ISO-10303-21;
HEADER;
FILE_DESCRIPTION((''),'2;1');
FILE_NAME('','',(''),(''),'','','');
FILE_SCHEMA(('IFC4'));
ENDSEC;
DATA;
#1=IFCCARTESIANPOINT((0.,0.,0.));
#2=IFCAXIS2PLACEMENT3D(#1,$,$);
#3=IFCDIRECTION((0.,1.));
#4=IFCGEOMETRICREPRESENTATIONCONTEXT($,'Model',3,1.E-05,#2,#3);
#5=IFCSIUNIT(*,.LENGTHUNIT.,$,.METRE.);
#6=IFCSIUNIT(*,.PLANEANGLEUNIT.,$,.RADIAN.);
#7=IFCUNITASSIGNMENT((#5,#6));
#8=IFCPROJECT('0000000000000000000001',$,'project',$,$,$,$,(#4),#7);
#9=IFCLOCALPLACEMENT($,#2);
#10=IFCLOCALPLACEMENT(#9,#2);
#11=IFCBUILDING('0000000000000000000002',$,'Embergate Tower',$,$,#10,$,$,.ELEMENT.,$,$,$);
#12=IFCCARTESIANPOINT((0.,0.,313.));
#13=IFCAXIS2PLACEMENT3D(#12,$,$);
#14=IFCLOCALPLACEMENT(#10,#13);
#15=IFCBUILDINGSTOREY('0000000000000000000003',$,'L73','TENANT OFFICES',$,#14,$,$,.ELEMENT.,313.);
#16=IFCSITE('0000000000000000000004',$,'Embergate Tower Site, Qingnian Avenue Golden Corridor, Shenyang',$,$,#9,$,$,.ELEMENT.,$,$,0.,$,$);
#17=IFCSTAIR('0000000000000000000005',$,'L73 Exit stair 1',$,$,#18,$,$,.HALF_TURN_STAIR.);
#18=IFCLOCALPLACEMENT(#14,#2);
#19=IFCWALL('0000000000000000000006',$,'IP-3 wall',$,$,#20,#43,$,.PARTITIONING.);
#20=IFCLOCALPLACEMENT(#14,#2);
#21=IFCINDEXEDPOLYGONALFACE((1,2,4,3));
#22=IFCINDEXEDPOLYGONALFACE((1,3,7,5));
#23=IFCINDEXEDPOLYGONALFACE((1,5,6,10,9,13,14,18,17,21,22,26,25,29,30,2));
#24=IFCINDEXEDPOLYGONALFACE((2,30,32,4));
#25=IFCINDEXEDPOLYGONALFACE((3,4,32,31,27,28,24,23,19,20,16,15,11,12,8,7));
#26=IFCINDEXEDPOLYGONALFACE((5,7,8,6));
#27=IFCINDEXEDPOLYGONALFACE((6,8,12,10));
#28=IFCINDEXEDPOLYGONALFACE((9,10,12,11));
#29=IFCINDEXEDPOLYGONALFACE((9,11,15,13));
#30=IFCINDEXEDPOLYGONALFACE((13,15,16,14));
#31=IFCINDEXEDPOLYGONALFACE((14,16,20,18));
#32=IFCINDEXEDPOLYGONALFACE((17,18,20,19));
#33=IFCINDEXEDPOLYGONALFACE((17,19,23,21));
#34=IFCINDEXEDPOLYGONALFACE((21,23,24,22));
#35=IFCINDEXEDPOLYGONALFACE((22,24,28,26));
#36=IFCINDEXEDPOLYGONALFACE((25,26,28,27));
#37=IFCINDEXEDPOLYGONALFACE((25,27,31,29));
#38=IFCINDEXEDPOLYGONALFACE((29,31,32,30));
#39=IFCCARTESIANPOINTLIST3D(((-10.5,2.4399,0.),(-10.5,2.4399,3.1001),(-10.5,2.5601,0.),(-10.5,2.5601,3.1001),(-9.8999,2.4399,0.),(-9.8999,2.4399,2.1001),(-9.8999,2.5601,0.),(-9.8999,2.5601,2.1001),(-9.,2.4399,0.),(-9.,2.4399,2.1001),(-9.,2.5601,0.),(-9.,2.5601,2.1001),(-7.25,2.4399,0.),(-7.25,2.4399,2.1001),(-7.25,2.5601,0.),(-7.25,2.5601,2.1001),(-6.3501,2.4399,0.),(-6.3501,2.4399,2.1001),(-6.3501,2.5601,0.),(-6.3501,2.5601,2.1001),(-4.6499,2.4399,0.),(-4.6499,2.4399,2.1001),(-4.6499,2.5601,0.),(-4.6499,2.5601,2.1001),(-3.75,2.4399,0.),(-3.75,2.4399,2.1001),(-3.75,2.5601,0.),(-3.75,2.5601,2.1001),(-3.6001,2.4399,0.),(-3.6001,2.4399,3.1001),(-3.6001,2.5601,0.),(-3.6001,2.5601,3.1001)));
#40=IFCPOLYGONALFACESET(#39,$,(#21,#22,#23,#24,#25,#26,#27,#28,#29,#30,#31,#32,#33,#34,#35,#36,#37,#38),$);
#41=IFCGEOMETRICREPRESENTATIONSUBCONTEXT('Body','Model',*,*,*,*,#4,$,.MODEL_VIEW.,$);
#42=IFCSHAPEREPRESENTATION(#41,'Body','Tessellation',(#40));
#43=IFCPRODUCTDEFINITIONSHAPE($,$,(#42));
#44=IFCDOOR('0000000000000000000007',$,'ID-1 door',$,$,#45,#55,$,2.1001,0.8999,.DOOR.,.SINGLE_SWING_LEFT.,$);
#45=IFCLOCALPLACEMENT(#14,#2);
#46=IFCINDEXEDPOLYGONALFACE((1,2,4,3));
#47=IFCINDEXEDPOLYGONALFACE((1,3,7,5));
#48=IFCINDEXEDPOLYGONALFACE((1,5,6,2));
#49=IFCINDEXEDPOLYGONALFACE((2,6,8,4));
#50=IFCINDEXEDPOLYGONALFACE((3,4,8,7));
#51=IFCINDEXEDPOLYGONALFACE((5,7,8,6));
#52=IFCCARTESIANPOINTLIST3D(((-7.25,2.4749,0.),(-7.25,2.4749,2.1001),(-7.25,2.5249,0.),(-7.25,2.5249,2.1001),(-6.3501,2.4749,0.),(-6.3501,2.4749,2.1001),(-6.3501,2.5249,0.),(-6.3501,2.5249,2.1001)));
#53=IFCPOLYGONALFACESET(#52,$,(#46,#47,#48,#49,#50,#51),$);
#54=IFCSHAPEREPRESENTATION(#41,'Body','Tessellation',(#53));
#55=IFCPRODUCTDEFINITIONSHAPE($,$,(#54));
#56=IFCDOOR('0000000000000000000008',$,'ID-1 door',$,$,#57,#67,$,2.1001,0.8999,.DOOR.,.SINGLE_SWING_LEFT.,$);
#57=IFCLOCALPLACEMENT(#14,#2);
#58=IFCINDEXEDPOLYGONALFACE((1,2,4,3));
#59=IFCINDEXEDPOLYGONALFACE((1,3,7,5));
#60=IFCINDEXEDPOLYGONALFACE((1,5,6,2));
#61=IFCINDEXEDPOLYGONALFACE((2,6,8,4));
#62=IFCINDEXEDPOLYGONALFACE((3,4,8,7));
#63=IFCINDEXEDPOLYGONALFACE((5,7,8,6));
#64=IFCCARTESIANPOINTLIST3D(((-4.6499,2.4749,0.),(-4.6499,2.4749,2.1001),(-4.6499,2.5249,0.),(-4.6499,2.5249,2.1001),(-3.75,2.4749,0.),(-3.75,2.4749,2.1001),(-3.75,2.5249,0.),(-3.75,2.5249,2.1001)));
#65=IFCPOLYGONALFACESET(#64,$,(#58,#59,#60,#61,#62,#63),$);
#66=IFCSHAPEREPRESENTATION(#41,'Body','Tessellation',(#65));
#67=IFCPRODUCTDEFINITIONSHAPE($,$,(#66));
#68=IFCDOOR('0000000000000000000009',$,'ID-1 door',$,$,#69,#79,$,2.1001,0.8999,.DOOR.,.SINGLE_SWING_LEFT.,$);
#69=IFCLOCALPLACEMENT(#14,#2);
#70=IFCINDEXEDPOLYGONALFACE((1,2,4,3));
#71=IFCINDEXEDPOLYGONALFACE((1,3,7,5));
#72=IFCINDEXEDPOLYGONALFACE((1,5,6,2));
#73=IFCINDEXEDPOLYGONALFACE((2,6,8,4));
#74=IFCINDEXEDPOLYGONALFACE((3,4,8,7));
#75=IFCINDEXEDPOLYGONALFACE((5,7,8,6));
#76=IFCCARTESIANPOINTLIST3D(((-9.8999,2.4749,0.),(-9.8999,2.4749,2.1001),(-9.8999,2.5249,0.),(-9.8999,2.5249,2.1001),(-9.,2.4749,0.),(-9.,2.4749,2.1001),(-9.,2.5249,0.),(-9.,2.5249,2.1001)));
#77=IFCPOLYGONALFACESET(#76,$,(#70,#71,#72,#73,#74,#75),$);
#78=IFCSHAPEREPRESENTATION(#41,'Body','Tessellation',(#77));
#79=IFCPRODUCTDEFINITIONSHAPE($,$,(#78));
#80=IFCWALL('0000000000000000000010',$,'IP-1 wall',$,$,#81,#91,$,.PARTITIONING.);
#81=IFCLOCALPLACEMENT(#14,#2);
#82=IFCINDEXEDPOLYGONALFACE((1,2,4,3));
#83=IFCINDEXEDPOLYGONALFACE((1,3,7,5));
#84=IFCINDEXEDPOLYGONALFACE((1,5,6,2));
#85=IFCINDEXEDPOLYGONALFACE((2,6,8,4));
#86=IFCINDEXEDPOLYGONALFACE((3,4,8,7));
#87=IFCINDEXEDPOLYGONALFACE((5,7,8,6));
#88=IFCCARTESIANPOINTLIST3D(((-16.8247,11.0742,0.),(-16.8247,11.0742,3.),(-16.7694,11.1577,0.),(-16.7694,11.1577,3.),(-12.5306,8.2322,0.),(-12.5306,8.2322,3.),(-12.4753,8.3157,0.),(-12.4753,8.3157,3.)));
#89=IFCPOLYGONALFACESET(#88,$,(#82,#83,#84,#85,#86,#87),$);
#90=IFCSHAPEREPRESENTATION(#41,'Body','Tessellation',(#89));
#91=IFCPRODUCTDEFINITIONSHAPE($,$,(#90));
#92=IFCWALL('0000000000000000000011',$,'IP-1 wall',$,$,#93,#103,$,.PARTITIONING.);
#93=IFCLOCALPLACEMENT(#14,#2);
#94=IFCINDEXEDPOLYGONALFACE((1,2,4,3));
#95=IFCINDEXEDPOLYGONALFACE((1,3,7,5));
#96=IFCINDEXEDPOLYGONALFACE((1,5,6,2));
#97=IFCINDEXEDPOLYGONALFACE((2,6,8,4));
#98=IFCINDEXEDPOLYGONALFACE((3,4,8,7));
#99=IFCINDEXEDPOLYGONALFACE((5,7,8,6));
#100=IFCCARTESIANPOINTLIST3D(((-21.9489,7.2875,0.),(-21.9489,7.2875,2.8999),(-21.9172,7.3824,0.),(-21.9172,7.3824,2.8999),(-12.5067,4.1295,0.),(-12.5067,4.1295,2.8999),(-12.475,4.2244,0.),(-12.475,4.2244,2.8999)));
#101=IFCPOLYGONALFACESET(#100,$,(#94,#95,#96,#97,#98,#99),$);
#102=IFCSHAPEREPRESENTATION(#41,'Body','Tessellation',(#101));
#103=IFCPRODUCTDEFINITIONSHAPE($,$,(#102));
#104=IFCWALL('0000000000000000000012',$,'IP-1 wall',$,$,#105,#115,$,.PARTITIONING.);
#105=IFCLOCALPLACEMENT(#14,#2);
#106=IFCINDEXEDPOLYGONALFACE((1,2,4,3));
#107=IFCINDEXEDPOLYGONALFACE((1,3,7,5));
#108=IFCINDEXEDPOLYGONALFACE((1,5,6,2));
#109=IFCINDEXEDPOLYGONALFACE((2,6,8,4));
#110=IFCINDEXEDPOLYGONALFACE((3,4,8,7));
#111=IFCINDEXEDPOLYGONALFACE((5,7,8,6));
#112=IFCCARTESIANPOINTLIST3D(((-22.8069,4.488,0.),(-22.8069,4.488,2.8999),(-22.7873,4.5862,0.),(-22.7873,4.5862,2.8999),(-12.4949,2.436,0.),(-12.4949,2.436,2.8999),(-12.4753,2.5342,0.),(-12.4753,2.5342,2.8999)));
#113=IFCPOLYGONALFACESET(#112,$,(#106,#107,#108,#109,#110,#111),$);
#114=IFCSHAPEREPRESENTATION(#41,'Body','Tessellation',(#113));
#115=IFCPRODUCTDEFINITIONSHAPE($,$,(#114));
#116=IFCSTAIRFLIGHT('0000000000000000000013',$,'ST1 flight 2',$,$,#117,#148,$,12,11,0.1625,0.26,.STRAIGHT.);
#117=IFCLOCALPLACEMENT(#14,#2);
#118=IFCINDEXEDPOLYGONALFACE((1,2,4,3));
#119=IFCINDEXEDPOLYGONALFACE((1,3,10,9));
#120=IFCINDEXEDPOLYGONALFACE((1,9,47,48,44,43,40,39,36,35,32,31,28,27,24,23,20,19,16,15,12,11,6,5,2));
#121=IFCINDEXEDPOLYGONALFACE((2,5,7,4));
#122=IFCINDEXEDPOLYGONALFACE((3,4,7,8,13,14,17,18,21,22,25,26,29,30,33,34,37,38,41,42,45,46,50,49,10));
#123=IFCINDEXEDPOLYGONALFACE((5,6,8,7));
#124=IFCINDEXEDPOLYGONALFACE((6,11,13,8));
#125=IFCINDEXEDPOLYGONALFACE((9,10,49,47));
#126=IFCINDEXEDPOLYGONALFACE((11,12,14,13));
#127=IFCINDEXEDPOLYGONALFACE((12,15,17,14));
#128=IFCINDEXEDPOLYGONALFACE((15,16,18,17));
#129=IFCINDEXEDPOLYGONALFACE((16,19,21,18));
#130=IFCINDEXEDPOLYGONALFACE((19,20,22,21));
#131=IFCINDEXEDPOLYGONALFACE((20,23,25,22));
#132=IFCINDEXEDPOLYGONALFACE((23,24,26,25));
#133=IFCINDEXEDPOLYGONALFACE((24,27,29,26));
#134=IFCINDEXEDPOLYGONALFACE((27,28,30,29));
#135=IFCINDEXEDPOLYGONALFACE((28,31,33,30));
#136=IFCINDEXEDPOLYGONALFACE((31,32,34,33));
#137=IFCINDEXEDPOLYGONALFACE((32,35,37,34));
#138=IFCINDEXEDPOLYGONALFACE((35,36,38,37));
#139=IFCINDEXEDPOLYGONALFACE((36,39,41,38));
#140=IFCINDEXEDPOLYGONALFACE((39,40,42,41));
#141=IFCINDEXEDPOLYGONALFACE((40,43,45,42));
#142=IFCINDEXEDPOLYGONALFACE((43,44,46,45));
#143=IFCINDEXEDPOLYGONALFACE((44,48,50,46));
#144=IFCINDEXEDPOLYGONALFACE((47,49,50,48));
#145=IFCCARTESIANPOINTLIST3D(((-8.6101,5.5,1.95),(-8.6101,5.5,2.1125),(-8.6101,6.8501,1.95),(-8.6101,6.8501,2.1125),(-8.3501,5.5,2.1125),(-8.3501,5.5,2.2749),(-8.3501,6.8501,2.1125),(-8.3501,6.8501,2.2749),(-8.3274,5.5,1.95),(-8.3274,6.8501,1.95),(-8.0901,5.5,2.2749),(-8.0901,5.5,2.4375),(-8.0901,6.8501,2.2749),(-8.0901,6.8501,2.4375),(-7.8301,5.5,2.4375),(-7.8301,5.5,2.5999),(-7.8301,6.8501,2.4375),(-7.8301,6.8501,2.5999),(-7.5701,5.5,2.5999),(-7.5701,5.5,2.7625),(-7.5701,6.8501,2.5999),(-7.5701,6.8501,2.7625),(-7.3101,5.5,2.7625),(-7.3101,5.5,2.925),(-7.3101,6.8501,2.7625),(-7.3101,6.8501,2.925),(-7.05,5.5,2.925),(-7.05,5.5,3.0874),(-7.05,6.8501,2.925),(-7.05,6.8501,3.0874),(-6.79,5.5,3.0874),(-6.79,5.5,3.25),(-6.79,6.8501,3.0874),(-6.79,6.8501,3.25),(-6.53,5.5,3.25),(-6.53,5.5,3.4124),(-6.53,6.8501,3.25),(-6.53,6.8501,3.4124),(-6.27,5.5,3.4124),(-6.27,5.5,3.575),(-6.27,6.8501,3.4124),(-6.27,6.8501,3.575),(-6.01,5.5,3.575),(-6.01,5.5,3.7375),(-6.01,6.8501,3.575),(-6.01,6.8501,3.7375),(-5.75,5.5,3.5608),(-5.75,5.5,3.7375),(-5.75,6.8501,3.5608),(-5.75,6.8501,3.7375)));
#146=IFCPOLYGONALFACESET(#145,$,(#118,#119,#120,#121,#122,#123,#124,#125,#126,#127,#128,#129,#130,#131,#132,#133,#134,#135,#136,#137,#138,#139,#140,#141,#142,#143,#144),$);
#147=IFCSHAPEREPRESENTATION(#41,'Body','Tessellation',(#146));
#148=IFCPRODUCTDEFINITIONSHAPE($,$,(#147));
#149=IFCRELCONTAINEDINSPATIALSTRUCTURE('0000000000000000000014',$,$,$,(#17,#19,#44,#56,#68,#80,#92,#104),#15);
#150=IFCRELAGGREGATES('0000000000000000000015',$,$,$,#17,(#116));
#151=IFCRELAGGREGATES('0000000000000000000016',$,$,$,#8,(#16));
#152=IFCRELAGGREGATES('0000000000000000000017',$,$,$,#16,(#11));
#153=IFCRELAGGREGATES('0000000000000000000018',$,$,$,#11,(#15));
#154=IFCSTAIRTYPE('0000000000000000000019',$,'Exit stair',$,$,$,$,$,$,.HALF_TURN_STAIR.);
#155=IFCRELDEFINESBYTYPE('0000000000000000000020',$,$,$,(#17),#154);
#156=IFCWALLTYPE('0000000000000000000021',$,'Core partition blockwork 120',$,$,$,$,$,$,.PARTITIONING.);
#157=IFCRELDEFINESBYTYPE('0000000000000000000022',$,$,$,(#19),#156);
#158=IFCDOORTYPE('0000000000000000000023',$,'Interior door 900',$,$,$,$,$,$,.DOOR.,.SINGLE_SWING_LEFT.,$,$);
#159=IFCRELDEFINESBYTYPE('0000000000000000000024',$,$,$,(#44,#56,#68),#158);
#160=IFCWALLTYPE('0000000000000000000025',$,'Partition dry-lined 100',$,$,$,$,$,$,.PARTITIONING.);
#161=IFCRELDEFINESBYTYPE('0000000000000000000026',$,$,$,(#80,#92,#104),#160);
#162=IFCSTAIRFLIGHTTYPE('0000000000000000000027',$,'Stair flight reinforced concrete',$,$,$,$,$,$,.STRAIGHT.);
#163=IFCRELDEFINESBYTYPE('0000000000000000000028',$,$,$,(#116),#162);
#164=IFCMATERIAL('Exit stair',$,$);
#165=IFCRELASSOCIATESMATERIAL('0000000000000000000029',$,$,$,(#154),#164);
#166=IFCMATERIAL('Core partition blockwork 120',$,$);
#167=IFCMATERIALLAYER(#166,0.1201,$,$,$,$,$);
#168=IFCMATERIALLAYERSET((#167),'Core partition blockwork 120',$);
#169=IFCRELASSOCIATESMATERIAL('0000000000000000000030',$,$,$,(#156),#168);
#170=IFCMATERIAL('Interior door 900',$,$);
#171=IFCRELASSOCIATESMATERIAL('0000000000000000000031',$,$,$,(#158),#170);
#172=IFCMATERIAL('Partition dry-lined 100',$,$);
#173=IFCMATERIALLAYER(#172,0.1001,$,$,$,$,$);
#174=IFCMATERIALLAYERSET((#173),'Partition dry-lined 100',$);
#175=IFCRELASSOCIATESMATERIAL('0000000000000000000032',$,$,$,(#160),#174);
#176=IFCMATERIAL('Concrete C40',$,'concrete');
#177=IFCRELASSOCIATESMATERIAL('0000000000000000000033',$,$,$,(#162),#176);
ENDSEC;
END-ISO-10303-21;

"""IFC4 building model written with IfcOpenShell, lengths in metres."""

from ifc_helpers import new_model, si_unit, direction, frame, frame_2d, origin, place, context, subcontext, project, spatial, polyline, rectangle, outline, extrude, source, transform, mapped, material, layer, layer_set, type_object, element, fill, aggregate, save


model = new_model("IFC4")

# Units and contexts
model_context = context("Model", 3, precision=1e-05, world=origin(), true_north=direction((0.0, 1.0)))
body_context = subcontext(model_context, "Body", "Model", "MODEL_VIEW")
ifc_project = project(units=[si_unit("LENGTHUNIT", "METRE"), si_unit("PLANEANGLEUNIT", "RADIAN")], contexts=[model_context])

# Site, building, storey
site_placement = place(None, origin())
site = spatial("IfcSite", under=ifc_project, at=site_placement, Name="Embergate Tower Site, Qingnian Avenue Golden Corridor, Shenyang", CompositionType="ELEMENT", RefElevation=0.0)
building_placement = place(site_placement, origin())
building = spatial("IfcBuilding", under=site, at=building_placement, Name="Embergate Tower", CompositionType="ELEMENT")
storey_placement = place(building_placement, frame((0.0, 0.0, 313.0)))
storey = spatial("IfcBuildingStorey", under=building, at=storey_placement, Name="L73", Description="TENANT OFFICES", CompositionType="ELEMENT", Elevation=313.0)

# Stair
ifc_material_1 = material(Name="Exit stair")
stair_type = type_object("IfcStairType", Name="Exit stair", PredefinedType="HALF_TURN_STAIR", material=ifc_material_1)
stair_placement = place(storey_placement, origin())
stair = element("IfcStair", 1, at=stair_placement, inside=storey, type_object=stair_type, Name="L73 Exit stair 1", PredefinedType="HALF_TURN_STAIR")
ifc_material_2 = material(Name="Concrete C40", Category="concrete")

# Shared definitions
ifc_material_3 = material(Name="Core partition blockwork 120")
ifc_layer_1 = layer(ifc_material_3, 0.1201)
ifc_layer_set_1 = layer_set([ifc_layer_1], Name="Core partition blockwork 120")
wall_type_1 = type_object("IfcWallType", Name="Core partition blockwork 120", PredefinedType="PARTITIONING", material=ifc_layer_set_1)

# Wall, openings, doors
shared_shape_1 = source(origin(), body_context, "Body", "SweptSolid", [
    extrude(rectangle(XDim=6.8999, YDim=0.1201, at=frame_2d((3.45, 0.0))), origin(), (0.0, 0.0, 1.0), 3.1001),
])
wall_1_placement = place(storey_placement, frame((-10.5, 2.5, 0.0), z_axis=(0.0, 0.0, 1.0), x_axis=(1.0, 0.0, 0.0)))
wall_1 = element("IfcWall", 2, at=wall_1_placement, inside=storey, type_object=wall_type_1, Name="IP-3 wall", PredefinedType="PARTITIONING", context=body_context, shape_type="MappedRepresentation", body=[
    mapped(shared_shape_1, transform((0.0, 0.0, 0.0))),
])
shared_shape_2 = source(origin(), body_context, "Body", "SweptSolid", [
    extrude(rectangle(XDim=0.8999, YDim=2.1001, at=frame_2d((0.45, 1.05))), frame((0.0, 0.0701, 0.0), z_axis=(0.0, -1.0, 0.0), x_axis=(1.0, 0.0, 0.0)), (0.0, 0.0, 1.0), 0.1401),
])
opening_1_placement = place(wall_1_placement, frame((3.25, 0.0, 0.0)))
opening_1 = element("IfcOpeningElement", 3, at=opening_1_placement, cuts=wall_1, PredefinedType="OPENING", context=body_context, shape_type="MappedRepresentation", body=[
    mapped(shared_shape_2, transform((0.0, 0.0, 0.0))),
])
opening_2_placement = place(wall_1_placement, frame((5.8501, 0.0, 0.0)))
opening_2 = element("IfcOpeningElement", 4, at=opening_2_placement, cuts=wall_1, PredefinedType="OPENING", context=body_context, shape_type="MappedRepresentation", body=[
    mapped(shared_shape_2, transform((0.0, 0.0, 0.0))),
])
opening_3_placement = place(wall_1_placement, frame((0.6001, 0.0, 0.0)))
opening_3 = element("IfcOpeningElement", 5, at=opening_3_placement, cuts=wall_1, PredefinedType="OPENING", context=body_context, shape_type="MappedRepresentation", body=[
    mapped(shared_shape_2, transform((0.0, 0.0, 0.0))),
])
ifc_material_4 = material(Name="Interior door 900")
door_type_1 = type_object("IfcDoorType", Name="Interior door 900", OperationType="SINGLE_SWING_LEFT", PredefinedType="DOOR", material=ifc_material_4)
shared_shape_3 = source(origin(), body_context, "Body", "SweptSolid", [
    extrude(rectangle(XDim=0.8999, YDim=2.1001, at=frame_2d((0.45, 1.05))), frame((0.0, 0.0249, 0.0), z_axis=(0.0, -1.0, 0.0), x_axis=(1.0, 0.0, 0.0)), (0.0, 0.0, 1.0), 0.05),
])
door_1_placement = place(opening_1_placement, origin())
door_1 = element("IfcDoor", 6, at=door_1_placement, inside=storey, type_object=door_type_1, Name="ID-1 door", OperationType="SINGLE_SWING_LEFT", OverallHeight=2.1001, OverallWidth=0.8999, PredefinedType="DOOR", context=body_context, shape_type="MappedRepresentation", body=[
    mapped(shared_shape_3, transform((0.0, 0.0, 0.0))),
])
fill(opening_1, door_1)
door_2_placement = place(opening_2_placement, origin())
door_2 = element("IfcDoor", 7, at=door_2_placement, inside=storey, type_object=door_type_1, Name="ID-1 door", OperationType="SINGLE_SWING_LEFT", OverallHeight=2.1001, OverallWidth=0.8999, PredefinedType="DOOR", context=body_context, shape_type="MappedRepresentation", body=[
    mapped(shared_shape_3, transform((0.0, 0.0, 0.0))),
])
fill(opening_2, door_2)
door_3_placement = place(opening_3_placement, origin())
door_3 = element("IfcDoor", 8, at=door_3_placement, inside=storey, type_object=door_type_1, Name="ID-1 door", OperationType="SINGLE_SWING_LEFT", OverallHeight=2.1001, OverallWidth=0.8999, PredefinedType="DOOR", context=body_context, shape_type="MappedRepresentation", body=[
    mapped(shared_shape_3, transform((0.0, 0.0, 0.0))),
])
fill(opening_3, door_3)

# Walls
ifc_material_5 = material(Name="Partition dry-lined 100")
ifc_layer_2 = layer(ifc_material_5, 0.1001)
ifc_layer_set_2 = layer_set([ifc_layer_2], Name="Partition dry-lined 100")
wall_type_2 = type_object("IfcWallType", Name="Partition dry-lined 100", PredefinedType="PARTITIONING", material=ifc_layer_set_2)
shared_shape_4 = source(origin(), body_context, "Body", "SweptSolid", [
    extrude(rectangle(XDim=5.1494, YDim=0.1001, at=frame_2d((2.5747, 0.0))), origin(), (0.0, 0.0, 1.0), 3.0),
])
wall_2_placement = place(storey_placement, frame((-12.5029, 8.2739, 0.0), z_axis=(0.0, 0.0, 1.0), x_axis=(-0.833906, 0.551907, 0.0)))
element("IfcWall", 9, at=wall_2_placement, inside=storey, type_object=wall_type_2, Name="IP-1 wall", PredefinedType="PARTITIONING", context=body_context, shape_type="MappedRepresentation", body=[
    mapped(shared_shape_4, transform((0.0, 0.0, 0.0))),
])
shared_shape_5 = source(origin(), body_context, "Body", "SweptSolid", [
    extrude(rectangle(XDim=9.9563, YDim=0.1001, at=frame_2d((4.978, 0.0))), origin(), (0.0, 0.0, 1.0), 2.8999),
])
wall_3_placement = place(storey_placement, frame((-12.491, 4.177, 0.0), z_axis=(0.0, 0.0, 1.0), x_axis=(-0.948364, 0.317184, 0.0)))
element("IfcWall", 10, at=wall_3_placement, inside=storey, type_object=wall_type_2, Name="IP-1 wall", PredefinedType="PARTITIONING", context=body_context, shape_type="MappedRepresentation", body=[
    mapped(shared_shape_5, transform((0.0, 0.0, 0.0))),
])
shared_shape_6 = source(origin(), body_context, "Body", "SweptSolid", [
    extrude(rectangle(XDim=10.5142, YDim=0.1001, at=frame_2d((5.2571, 0.0))), origin(), (0.0, 0.0, 1.0), 2.8999),
])
wall_4_placement = place(storey_placement, frame((-12.4851, 2.4851, 0.0), z_axis=(0.0, 0.0, 1.0), x_axis=(-0.98077, 0.195165, 0.0)))
element("IfcWall", 11, at=wall_4_placement, inside=storey, type_object=wall_type_2, Name="IP-1 wall", PredefinedType="PARTITIONING", context=body_context, shape_type="MappedRepresentation", body=[
    mapped(shared_shape_6, transform((0.0, 0.0, 0.0))),
])

# Stair flight
stair_flight_type = type_object("IfcStairFlightType", Name="Stair flight reinforced concrete", PredefinedType="STRAIGHT", material=ifc_material_2)
shared_shape_7 = source(origin(), body_context, "Body", "SweptSolid", [
    extrude(outline(polyline([(0.0, 0.0), (0.0, 0.1626), (0.26, 0.1626), (0.26, 0.325), (0.52, 0.325), (0.52, 0.4875), (0.78, 0.4875), (0.78, 0.6499), (1.04, 0.6499), (1.04, 0.8125), (1.3, 0.8125), (1.3, 0.9751), (1.5601, 0.9751), (1.5601, 1.1375), (1.8201, 1.1375), (1.8201, 1.3), (2.0801, 1.3), (2.0801, 1.4624), (2.3401, 1.4624), (2.3401, 1.625), (2.6001, 1.625), (2.6001, 1.7876), (2.8601, 1.7876), (2.8601, 1.95), (2.8601, 1.6108), (0.2827, 0.0), (0.0, 0.0)])), frame((0.0, 0.675, 0.0), z_axis=(0.0, -1.0, 0.0), x_axis=(1.0, 0.0, 0.0)), (0.0, 0.0, 1.0), 1.3501),
])
stair_flight_placement = place(storey_placement, frame((-8.6101, 6.175, 1.95), z_axis=(0.0, 0.0, 1.0), x_axis=(1.0, 0.0, 0.0)))
stair_flight = element("IfcStairFlight", 12, at=stair_flight_placement, type_object=stair_flight_type, Name="ST1 flight 2", NumberOfRisers=12, NumberOfTreads=11, PredefinedType="STRAIGHT", RiserHeight=0.1625, TreadLength=0.26, context=body_context, shape_type="MappedRepresentation", body=[
    mapped(shared_shape_7, transform((0.0, 0.0, 0.0))),
])
aggregate(stair, [stair_flight])

save(model, "model.ifc")
